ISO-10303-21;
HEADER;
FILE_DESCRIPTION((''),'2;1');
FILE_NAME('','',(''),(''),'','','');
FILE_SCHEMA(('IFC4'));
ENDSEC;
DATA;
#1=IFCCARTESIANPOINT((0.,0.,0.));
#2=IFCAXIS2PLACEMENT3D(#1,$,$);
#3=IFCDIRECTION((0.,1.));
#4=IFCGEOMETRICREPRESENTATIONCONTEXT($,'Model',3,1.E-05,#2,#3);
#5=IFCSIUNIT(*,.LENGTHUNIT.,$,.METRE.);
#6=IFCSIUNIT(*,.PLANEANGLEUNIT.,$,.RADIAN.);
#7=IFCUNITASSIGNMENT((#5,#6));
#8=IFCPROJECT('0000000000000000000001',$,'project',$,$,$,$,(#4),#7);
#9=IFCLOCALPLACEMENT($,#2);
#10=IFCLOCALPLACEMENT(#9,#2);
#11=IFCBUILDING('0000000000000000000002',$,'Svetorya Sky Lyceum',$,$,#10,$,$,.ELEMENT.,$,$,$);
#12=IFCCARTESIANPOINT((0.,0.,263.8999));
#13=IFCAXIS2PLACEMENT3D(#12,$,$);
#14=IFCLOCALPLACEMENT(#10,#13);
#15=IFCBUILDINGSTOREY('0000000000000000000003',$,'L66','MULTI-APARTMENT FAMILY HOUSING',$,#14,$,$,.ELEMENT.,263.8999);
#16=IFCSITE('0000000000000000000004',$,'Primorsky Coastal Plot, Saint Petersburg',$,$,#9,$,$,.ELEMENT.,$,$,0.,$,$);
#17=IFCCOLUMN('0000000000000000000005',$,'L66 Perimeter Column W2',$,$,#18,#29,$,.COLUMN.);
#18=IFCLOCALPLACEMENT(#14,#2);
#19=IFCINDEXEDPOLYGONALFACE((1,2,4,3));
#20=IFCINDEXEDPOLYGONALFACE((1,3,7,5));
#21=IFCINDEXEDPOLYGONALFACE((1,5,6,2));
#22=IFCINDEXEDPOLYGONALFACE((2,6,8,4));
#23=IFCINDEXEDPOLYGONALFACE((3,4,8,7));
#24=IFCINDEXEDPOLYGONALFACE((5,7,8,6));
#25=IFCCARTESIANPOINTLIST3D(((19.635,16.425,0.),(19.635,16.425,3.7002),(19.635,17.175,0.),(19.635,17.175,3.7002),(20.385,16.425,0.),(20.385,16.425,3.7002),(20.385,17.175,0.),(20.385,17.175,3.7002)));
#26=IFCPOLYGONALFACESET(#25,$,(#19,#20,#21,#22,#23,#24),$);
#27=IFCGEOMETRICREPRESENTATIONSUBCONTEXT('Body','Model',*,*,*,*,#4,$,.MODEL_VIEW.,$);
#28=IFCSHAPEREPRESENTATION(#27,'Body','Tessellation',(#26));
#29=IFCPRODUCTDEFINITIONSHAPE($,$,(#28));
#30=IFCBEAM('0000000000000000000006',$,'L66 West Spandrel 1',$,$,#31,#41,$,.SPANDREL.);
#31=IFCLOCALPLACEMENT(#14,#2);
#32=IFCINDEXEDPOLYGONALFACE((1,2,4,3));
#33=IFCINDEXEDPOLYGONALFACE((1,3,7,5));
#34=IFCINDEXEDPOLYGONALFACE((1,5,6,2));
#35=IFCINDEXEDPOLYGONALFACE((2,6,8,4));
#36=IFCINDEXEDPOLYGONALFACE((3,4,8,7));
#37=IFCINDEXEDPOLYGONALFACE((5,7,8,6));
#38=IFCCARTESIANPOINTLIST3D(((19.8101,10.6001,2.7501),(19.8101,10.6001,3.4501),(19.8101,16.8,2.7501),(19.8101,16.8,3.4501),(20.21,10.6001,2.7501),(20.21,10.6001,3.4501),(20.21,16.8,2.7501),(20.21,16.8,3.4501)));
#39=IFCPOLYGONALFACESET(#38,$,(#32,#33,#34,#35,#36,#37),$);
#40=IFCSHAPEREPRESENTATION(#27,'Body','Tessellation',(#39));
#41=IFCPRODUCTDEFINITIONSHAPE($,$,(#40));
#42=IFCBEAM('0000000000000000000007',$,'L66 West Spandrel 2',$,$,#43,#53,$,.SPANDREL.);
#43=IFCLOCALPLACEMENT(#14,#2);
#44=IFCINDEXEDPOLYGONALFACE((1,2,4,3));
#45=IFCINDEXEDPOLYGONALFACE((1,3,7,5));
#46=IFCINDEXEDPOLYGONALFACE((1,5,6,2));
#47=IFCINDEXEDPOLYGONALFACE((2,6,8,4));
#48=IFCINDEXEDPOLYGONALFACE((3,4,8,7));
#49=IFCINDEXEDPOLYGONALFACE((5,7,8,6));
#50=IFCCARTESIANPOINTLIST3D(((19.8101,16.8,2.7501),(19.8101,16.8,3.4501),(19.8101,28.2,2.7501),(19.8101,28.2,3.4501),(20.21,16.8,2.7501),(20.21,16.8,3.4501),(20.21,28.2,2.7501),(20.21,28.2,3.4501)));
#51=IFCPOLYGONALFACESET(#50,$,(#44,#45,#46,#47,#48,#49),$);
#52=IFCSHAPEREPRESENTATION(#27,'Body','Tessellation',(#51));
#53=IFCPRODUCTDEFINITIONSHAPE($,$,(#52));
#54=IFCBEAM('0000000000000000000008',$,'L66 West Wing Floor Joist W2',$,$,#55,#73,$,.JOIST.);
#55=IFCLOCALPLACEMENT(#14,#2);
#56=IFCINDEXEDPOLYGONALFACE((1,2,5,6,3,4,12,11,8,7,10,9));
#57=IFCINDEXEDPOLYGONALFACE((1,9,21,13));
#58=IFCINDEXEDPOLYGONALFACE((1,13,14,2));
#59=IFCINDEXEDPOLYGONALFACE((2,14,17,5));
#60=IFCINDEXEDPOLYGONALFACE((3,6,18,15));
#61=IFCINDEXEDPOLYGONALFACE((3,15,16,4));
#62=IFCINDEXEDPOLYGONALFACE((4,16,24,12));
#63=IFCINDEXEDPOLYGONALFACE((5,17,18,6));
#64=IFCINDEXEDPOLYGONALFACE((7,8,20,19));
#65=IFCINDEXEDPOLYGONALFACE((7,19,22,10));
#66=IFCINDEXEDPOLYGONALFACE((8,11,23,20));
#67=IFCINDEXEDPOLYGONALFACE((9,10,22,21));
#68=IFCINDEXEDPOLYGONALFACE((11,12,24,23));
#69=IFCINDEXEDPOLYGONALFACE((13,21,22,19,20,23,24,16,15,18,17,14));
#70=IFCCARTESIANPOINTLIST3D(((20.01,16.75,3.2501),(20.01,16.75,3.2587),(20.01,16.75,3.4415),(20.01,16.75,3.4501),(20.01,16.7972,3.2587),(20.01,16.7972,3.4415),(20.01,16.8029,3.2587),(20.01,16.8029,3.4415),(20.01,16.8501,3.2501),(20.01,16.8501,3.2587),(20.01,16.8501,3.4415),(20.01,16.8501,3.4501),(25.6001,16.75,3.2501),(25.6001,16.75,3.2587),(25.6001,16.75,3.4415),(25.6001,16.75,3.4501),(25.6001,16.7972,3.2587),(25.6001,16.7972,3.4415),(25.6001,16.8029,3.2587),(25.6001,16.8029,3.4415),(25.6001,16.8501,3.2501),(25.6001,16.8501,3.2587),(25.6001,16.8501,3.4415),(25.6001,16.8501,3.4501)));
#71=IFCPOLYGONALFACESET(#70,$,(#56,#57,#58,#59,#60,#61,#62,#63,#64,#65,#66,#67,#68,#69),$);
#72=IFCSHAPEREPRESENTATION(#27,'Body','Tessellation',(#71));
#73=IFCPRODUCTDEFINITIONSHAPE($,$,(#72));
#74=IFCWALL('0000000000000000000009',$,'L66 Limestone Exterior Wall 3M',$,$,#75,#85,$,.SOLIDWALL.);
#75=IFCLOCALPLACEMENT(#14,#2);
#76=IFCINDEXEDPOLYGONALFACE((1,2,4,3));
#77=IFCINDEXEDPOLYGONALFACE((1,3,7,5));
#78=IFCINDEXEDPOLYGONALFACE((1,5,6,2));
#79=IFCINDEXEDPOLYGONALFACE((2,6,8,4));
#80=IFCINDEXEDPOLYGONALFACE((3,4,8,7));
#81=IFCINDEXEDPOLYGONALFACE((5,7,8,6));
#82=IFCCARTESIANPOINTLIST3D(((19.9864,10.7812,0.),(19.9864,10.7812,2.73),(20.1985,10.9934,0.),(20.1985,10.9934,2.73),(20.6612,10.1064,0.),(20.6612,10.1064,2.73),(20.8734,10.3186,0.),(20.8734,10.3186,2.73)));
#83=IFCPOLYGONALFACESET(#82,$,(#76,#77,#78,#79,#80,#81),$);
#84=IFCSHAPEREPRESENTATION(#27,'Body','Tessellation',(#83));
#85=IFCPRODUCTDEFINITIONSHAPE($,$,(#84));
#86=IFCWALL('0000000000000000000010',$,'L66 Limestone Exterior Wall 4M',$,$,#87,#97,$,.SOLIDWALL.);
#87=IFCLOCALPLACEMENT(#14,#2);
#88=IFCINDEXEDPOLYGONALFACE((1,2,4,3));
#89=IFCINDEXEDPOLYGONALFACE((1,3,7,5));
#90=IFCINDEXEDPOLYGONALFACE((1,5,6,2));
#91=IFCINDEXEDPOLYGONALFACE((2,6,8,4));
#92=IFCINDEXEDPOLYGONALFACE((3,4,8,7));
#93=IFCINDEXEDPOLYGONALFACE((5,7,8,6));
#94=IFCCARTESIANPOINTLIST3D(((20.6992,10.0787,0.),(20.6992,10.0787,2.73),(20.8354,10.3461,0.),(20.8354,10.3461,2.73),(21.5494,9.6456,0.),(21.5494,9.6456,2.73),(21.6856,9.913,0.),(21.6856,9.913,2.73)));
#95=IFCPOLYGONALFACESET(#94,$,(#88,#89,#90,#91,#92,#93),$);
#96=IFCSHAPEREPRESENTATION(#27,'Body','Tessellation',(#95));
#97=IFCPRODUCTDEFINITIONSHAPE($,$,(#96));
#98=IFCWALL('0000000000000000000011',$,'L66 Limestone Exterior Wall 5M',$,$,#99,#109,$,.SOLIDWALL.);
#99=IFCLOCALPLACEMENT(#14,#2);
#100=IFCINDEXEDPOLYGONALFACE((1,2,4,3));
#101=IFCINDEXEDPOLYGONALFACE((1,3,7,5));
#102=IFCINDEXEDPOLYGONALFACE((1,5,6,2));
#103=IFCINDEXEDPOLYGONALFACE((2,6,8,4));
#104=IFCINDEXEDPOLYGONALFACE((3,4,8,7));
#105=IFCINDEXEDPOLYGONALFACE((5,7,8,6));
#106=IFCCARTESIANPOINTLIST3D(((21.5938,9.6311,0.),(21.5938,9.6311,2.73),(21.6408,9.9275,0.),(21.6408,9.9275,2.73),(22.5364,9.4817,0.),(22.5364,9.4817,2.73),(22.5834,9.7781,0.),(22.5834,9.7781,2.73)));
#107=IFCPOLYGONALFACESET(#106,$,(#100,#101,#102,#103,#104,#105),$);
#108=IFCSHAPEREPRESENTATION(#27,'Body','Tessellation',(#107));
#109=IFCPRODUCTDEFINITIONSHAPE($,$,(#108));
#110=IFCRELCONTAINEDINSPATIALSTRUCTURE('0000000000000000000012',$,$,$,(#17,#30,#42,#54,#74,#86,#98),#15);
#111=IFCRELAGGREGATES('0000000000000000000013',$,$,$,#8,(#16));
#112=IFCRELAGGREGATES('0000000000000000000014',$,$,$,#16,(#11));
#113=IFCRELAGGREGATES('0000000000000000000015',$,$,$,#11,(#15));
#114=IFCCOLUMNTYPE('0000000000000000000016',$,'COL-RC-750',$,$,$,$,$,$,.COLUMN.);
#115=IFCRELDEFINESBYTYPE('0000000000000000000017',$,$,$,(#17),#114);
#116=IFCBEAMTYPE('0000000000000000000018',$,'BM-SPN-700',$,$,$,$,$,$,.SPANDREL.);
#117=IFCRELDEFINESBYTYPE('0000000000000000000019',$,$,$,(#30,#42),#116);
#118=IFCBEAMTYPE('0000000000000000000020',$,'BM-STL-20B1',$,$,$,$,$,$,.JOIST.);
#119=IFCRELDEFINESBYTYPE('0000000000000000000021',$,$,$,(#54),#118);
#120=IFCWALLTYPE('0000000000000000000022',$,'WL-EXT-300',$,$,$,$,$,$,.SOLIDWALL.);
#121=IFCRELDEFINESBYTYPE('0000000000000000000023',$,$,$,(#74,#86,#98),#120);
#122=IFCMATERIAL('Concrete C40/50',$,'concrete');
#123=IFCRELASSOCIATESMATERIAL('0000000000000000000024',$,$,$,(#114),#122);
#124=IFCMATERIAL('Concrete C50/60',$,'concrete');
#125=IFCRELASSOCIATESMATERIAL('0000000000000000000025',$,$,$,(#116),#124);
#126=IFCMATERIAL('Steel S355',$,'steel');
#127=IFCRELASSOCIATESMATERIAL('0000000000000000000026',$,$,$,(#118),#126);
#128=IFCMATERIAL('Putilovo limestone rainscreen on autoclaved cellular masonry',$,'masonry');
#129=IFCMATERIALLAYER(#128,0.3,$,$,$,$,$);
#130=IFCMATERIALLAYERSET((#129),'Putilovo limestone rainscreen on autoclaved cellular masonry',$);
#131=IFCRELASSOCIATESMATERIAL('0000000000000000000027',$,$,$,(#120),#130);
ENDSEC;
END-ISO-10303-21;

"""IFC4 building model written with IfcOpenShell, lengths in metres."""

from ifc_helpers import new_model, si_unit, direction, frame, frame_2d, origin, origin_2d, place, context, subcontext, project, spatial, rectangle, i_section, extrude, material, layer, layer_set, material_profile, profile_set, type_object, element, save


model = new_model("IFC4")

# Units and contexts
model_context = context("Model", 3, precision=1e-05, world=origin(), true_north=direction((0.0, 1.0)))
body_context = subcontext(model_context, "Body", "Model", "MODEL_VIEW")
ifc_project = project(units=[si_unit("LENGTHUNIT", "METRE"), si_unit("PLANEANGLEUNIT", "RADIAN")], contexts=[model_context])

# Site, building, storey
site_placement = place(None, origin())
site = spatial("IfcSite", under=ifc_project, at=site_placement, Name="Primorsky Coastal Plot, Saint Petersburg", CompositionType="ELEMENT", RefElevation=0.0)
building_placement = place(site_placement, origin())
building = spatial("IfcBuilding", under=site, at=building_placement, Name="Svetorya Sky Lyceum", CompositionType="ELEMENT")
storey_placement = place(building_placement, frame((0.0, 0.0, 263.8999)))
storey = spatial("IfcBuildingStorey", under=building, at=storey_placement, Name="L66", Description="MULTI-APARTMENT FAMILY HOUSING", CompositionType="ELEMENT", Elevation=263.8999)

# Column
ifc_material_1 = material(Name="Concrete C40/50", Category="concrete")
ifc_material_profile_1 = material_profile(ifc_material_1, rectangle(XDim=0.75, YDim=0.75, at=origin_2d()), Name="RC COL 750x750")
ifc_profile_set_1 = profile_set([ifc_material_profile_1], Name="Concrete C40/50")
column_type = type_object("IfcColumnType", Name="COL-RC-750", PredefinedType="COLUMN", material=ifc_profile_set_1)
column_placement = place(storey_placement, frame((20.01, 16.8, 0.0), z_axis=(0.0, 0.0, 1.0), x_axis=(1.0, 0.0, 0.0)))
element("IfcColumn", 1, at=column_placement, inside=storey, type_object=column_type, Name="L66 Perimeter Column W2", PredefinedType="COLUMN", context=body_context, shape_type="SweptSolid", body=[
    extrude(rectangle(XDim=0.75, YDim=0.75, at=origin_2d()), origin(), (0.0, 0.0, 1.0), 3.7002),
])

# Beams
ifc_material_2 = material(Name="Concrete C50/60", Category="concrete")
ifc_material_profile_2 = material_profile(ifc_material_2, rectangle(XDim=0.3999, YDim=0.7, at=origin_2d()), Name="RC SPANDREL 400x700")
ifc_profile_set_2 = profile_set([ifc_material_profile_2], Name="Concrete C50/60")
beam_type_1 = type_object("IfcBeamType", Name="BM-SPN-700", PredefinedType="SPANDREL", material=ifc_profile_set_2)
beam_1_placement = place(storey_placement, frame((20.01, 10.6001, 3.1001), z_axis=(0.0, 1.0, 0.0), x_axis=(-1.0, 0.0, 0.0)))
element("IfcBeam", 2, at=beam_1_placement, inside=storey, type_object=beam_type_1, Name="L66 West Spandrel 1", PredefinedType="SPANDREL", context=body_context, shape_type="SweptSolid", body=[
    extrude(rectangle(XDim=0.3999, YDim=0.7, at=origin_2d()), origin(), (0.0, 0.0, 1.0), 6.2),
])
beam_2_placement = place(storey_placement, frame((20.01, 16.8, 3.1001), z_axis=(0.0, 1.0, 0.0), x_axis=(-1.0, 0.0, 0.0)))
element("IfcBeam", 3, at=beam_2_placement, inside=storey, type_object=beam_type_1, Name="L66 West Spandrel 2", PredefinedType="SPANDREL", context=body_context, shape_type="SweptSolid", body=[
    extrude(rectangle(XDim=0.3999, YDim=0.7, at=origin_2d()), origin(), (0.0, 0.0, 1.0), 11.3999),
])
ifc_material_3 = material(Name="Steel S355", Category="steel")
ifc_material_profile_3 = material_profile(ifc_material_3, i_section(OverallWidth=0.1001, OverallDepth=0.2, WebThickness=0.0056, FlangeThickness=0.0085, at=origin_2d()), Name="GOST 20B1")
ifc_profile_set_3 = profile_set([ifc_material_profile_3], Name="Steel S355")
beam_type_2 = type_object("IfcBeamType", Name="BM-STL-20B1", PredefinedType="JOIST", material=ifc_profile_set_3)
beam_3_placement = place(storey_placement, frame((20.01, 16.8, 3.3501), z_axis=(1.0, 0.0, 0.0), x_axis=(0.0, 1.0, 0.0)))
element("IfcBeam", 4, at=beam_3_placement, inside=storey, type_object=beam_type_2, Name="L66 West Wing Floor Joist W2", PredefinedType="JOIST", context=body_context, shape_type="SweptSolid", body=[
    extrude(i_section(OverallWidth=0.1001, OverallDepth=0.2, WebThickness=0.0056, FlangeThickness=0.0085, at=origin_2d()), origin(), (0.0, 0.0, 1.0), 5.5901),
])

# Walls
ifc_material_4 = material(Name="Putilovo limestone rainscreen on autoclaved cellular masonry", Category="masonry")
ifc_layer_1 = layer(ifc_material_4, 0.3)
ifc_layer_set_1 = layer_set([ifc_layer_1], Name="Putilovo limestone rainscreen on autoclaved cellular masonry")
wall_type_1 = type_object("IfcWallType", Name="WL-EXT-300", PredefinedType="SOLIDWALL", material=ifc_layer_set_1)
wall_1_placement = place(storey_placement, frame((20.0925, 10.8872, 0.0), z_axis=(0.0, 0.0, 1.0), x_axis=(0.707107, -0.707107, 0.0)))
element("IfcWall", 5, at=wall_1_placement, inside=storey, type_object=wall_type_1, Name="L66 Limestone Exterior Wall 3M", PredefinedType="SOLIDWALL", context=body_context, shape_type="SweptSolid", body=[
    extrude(rectangle(XDim=0.9543, YDim=0.3, at=frame_2d((0.4771, 0.0))), origin(), (0.0, 0.0, 1.0), 2.73),
])
wall_2_placement = place(storey_placement, frame((20.7673, 10.2124, 0.0), z_axis=(0.0, 0.0, 1.0), x_axis=(0.891024, -0.453956, 0.0)))
element("IfcWall", 6, at=wall_2_placement, inside=storey, type_object=wall_type_1, Name="L66 Limestone Exterior Wall 4M", PredefinedType="SOLIDWALL", context=body_context, shape_type="SweptSolid", body=[
    extrude(rectangle(XDim=0.9541, YDim=0.3, at=frame_2d((0.4771, 0.0))), origin(), (0.0, 0.0, 1.0), 2.73),
])
wall_3_placement = place(storey_placement, frame((21.6174, 9.7793, 0.0), z_axis=(0.0, 0.0, 1.0), x_axis=(0.987669, -0.156554, 0.0)))
element("IfcWall", 7, at=wall_3_placement, inside=storey, type_object=wall_type_1, Name="L66 Limestone Exterior Wall 5M", PredefinedType="SOLIDWALL", context=body_context, shape_type="SweptSolid", body=[
    extrude(rectangle(XDim=0.9543, YDim=0.3, at=frame_2d((0.4771, 0.0))), origin(), (0.0, 0.0, 1.0), 2.73),
])

save(model, "model.ifc")
